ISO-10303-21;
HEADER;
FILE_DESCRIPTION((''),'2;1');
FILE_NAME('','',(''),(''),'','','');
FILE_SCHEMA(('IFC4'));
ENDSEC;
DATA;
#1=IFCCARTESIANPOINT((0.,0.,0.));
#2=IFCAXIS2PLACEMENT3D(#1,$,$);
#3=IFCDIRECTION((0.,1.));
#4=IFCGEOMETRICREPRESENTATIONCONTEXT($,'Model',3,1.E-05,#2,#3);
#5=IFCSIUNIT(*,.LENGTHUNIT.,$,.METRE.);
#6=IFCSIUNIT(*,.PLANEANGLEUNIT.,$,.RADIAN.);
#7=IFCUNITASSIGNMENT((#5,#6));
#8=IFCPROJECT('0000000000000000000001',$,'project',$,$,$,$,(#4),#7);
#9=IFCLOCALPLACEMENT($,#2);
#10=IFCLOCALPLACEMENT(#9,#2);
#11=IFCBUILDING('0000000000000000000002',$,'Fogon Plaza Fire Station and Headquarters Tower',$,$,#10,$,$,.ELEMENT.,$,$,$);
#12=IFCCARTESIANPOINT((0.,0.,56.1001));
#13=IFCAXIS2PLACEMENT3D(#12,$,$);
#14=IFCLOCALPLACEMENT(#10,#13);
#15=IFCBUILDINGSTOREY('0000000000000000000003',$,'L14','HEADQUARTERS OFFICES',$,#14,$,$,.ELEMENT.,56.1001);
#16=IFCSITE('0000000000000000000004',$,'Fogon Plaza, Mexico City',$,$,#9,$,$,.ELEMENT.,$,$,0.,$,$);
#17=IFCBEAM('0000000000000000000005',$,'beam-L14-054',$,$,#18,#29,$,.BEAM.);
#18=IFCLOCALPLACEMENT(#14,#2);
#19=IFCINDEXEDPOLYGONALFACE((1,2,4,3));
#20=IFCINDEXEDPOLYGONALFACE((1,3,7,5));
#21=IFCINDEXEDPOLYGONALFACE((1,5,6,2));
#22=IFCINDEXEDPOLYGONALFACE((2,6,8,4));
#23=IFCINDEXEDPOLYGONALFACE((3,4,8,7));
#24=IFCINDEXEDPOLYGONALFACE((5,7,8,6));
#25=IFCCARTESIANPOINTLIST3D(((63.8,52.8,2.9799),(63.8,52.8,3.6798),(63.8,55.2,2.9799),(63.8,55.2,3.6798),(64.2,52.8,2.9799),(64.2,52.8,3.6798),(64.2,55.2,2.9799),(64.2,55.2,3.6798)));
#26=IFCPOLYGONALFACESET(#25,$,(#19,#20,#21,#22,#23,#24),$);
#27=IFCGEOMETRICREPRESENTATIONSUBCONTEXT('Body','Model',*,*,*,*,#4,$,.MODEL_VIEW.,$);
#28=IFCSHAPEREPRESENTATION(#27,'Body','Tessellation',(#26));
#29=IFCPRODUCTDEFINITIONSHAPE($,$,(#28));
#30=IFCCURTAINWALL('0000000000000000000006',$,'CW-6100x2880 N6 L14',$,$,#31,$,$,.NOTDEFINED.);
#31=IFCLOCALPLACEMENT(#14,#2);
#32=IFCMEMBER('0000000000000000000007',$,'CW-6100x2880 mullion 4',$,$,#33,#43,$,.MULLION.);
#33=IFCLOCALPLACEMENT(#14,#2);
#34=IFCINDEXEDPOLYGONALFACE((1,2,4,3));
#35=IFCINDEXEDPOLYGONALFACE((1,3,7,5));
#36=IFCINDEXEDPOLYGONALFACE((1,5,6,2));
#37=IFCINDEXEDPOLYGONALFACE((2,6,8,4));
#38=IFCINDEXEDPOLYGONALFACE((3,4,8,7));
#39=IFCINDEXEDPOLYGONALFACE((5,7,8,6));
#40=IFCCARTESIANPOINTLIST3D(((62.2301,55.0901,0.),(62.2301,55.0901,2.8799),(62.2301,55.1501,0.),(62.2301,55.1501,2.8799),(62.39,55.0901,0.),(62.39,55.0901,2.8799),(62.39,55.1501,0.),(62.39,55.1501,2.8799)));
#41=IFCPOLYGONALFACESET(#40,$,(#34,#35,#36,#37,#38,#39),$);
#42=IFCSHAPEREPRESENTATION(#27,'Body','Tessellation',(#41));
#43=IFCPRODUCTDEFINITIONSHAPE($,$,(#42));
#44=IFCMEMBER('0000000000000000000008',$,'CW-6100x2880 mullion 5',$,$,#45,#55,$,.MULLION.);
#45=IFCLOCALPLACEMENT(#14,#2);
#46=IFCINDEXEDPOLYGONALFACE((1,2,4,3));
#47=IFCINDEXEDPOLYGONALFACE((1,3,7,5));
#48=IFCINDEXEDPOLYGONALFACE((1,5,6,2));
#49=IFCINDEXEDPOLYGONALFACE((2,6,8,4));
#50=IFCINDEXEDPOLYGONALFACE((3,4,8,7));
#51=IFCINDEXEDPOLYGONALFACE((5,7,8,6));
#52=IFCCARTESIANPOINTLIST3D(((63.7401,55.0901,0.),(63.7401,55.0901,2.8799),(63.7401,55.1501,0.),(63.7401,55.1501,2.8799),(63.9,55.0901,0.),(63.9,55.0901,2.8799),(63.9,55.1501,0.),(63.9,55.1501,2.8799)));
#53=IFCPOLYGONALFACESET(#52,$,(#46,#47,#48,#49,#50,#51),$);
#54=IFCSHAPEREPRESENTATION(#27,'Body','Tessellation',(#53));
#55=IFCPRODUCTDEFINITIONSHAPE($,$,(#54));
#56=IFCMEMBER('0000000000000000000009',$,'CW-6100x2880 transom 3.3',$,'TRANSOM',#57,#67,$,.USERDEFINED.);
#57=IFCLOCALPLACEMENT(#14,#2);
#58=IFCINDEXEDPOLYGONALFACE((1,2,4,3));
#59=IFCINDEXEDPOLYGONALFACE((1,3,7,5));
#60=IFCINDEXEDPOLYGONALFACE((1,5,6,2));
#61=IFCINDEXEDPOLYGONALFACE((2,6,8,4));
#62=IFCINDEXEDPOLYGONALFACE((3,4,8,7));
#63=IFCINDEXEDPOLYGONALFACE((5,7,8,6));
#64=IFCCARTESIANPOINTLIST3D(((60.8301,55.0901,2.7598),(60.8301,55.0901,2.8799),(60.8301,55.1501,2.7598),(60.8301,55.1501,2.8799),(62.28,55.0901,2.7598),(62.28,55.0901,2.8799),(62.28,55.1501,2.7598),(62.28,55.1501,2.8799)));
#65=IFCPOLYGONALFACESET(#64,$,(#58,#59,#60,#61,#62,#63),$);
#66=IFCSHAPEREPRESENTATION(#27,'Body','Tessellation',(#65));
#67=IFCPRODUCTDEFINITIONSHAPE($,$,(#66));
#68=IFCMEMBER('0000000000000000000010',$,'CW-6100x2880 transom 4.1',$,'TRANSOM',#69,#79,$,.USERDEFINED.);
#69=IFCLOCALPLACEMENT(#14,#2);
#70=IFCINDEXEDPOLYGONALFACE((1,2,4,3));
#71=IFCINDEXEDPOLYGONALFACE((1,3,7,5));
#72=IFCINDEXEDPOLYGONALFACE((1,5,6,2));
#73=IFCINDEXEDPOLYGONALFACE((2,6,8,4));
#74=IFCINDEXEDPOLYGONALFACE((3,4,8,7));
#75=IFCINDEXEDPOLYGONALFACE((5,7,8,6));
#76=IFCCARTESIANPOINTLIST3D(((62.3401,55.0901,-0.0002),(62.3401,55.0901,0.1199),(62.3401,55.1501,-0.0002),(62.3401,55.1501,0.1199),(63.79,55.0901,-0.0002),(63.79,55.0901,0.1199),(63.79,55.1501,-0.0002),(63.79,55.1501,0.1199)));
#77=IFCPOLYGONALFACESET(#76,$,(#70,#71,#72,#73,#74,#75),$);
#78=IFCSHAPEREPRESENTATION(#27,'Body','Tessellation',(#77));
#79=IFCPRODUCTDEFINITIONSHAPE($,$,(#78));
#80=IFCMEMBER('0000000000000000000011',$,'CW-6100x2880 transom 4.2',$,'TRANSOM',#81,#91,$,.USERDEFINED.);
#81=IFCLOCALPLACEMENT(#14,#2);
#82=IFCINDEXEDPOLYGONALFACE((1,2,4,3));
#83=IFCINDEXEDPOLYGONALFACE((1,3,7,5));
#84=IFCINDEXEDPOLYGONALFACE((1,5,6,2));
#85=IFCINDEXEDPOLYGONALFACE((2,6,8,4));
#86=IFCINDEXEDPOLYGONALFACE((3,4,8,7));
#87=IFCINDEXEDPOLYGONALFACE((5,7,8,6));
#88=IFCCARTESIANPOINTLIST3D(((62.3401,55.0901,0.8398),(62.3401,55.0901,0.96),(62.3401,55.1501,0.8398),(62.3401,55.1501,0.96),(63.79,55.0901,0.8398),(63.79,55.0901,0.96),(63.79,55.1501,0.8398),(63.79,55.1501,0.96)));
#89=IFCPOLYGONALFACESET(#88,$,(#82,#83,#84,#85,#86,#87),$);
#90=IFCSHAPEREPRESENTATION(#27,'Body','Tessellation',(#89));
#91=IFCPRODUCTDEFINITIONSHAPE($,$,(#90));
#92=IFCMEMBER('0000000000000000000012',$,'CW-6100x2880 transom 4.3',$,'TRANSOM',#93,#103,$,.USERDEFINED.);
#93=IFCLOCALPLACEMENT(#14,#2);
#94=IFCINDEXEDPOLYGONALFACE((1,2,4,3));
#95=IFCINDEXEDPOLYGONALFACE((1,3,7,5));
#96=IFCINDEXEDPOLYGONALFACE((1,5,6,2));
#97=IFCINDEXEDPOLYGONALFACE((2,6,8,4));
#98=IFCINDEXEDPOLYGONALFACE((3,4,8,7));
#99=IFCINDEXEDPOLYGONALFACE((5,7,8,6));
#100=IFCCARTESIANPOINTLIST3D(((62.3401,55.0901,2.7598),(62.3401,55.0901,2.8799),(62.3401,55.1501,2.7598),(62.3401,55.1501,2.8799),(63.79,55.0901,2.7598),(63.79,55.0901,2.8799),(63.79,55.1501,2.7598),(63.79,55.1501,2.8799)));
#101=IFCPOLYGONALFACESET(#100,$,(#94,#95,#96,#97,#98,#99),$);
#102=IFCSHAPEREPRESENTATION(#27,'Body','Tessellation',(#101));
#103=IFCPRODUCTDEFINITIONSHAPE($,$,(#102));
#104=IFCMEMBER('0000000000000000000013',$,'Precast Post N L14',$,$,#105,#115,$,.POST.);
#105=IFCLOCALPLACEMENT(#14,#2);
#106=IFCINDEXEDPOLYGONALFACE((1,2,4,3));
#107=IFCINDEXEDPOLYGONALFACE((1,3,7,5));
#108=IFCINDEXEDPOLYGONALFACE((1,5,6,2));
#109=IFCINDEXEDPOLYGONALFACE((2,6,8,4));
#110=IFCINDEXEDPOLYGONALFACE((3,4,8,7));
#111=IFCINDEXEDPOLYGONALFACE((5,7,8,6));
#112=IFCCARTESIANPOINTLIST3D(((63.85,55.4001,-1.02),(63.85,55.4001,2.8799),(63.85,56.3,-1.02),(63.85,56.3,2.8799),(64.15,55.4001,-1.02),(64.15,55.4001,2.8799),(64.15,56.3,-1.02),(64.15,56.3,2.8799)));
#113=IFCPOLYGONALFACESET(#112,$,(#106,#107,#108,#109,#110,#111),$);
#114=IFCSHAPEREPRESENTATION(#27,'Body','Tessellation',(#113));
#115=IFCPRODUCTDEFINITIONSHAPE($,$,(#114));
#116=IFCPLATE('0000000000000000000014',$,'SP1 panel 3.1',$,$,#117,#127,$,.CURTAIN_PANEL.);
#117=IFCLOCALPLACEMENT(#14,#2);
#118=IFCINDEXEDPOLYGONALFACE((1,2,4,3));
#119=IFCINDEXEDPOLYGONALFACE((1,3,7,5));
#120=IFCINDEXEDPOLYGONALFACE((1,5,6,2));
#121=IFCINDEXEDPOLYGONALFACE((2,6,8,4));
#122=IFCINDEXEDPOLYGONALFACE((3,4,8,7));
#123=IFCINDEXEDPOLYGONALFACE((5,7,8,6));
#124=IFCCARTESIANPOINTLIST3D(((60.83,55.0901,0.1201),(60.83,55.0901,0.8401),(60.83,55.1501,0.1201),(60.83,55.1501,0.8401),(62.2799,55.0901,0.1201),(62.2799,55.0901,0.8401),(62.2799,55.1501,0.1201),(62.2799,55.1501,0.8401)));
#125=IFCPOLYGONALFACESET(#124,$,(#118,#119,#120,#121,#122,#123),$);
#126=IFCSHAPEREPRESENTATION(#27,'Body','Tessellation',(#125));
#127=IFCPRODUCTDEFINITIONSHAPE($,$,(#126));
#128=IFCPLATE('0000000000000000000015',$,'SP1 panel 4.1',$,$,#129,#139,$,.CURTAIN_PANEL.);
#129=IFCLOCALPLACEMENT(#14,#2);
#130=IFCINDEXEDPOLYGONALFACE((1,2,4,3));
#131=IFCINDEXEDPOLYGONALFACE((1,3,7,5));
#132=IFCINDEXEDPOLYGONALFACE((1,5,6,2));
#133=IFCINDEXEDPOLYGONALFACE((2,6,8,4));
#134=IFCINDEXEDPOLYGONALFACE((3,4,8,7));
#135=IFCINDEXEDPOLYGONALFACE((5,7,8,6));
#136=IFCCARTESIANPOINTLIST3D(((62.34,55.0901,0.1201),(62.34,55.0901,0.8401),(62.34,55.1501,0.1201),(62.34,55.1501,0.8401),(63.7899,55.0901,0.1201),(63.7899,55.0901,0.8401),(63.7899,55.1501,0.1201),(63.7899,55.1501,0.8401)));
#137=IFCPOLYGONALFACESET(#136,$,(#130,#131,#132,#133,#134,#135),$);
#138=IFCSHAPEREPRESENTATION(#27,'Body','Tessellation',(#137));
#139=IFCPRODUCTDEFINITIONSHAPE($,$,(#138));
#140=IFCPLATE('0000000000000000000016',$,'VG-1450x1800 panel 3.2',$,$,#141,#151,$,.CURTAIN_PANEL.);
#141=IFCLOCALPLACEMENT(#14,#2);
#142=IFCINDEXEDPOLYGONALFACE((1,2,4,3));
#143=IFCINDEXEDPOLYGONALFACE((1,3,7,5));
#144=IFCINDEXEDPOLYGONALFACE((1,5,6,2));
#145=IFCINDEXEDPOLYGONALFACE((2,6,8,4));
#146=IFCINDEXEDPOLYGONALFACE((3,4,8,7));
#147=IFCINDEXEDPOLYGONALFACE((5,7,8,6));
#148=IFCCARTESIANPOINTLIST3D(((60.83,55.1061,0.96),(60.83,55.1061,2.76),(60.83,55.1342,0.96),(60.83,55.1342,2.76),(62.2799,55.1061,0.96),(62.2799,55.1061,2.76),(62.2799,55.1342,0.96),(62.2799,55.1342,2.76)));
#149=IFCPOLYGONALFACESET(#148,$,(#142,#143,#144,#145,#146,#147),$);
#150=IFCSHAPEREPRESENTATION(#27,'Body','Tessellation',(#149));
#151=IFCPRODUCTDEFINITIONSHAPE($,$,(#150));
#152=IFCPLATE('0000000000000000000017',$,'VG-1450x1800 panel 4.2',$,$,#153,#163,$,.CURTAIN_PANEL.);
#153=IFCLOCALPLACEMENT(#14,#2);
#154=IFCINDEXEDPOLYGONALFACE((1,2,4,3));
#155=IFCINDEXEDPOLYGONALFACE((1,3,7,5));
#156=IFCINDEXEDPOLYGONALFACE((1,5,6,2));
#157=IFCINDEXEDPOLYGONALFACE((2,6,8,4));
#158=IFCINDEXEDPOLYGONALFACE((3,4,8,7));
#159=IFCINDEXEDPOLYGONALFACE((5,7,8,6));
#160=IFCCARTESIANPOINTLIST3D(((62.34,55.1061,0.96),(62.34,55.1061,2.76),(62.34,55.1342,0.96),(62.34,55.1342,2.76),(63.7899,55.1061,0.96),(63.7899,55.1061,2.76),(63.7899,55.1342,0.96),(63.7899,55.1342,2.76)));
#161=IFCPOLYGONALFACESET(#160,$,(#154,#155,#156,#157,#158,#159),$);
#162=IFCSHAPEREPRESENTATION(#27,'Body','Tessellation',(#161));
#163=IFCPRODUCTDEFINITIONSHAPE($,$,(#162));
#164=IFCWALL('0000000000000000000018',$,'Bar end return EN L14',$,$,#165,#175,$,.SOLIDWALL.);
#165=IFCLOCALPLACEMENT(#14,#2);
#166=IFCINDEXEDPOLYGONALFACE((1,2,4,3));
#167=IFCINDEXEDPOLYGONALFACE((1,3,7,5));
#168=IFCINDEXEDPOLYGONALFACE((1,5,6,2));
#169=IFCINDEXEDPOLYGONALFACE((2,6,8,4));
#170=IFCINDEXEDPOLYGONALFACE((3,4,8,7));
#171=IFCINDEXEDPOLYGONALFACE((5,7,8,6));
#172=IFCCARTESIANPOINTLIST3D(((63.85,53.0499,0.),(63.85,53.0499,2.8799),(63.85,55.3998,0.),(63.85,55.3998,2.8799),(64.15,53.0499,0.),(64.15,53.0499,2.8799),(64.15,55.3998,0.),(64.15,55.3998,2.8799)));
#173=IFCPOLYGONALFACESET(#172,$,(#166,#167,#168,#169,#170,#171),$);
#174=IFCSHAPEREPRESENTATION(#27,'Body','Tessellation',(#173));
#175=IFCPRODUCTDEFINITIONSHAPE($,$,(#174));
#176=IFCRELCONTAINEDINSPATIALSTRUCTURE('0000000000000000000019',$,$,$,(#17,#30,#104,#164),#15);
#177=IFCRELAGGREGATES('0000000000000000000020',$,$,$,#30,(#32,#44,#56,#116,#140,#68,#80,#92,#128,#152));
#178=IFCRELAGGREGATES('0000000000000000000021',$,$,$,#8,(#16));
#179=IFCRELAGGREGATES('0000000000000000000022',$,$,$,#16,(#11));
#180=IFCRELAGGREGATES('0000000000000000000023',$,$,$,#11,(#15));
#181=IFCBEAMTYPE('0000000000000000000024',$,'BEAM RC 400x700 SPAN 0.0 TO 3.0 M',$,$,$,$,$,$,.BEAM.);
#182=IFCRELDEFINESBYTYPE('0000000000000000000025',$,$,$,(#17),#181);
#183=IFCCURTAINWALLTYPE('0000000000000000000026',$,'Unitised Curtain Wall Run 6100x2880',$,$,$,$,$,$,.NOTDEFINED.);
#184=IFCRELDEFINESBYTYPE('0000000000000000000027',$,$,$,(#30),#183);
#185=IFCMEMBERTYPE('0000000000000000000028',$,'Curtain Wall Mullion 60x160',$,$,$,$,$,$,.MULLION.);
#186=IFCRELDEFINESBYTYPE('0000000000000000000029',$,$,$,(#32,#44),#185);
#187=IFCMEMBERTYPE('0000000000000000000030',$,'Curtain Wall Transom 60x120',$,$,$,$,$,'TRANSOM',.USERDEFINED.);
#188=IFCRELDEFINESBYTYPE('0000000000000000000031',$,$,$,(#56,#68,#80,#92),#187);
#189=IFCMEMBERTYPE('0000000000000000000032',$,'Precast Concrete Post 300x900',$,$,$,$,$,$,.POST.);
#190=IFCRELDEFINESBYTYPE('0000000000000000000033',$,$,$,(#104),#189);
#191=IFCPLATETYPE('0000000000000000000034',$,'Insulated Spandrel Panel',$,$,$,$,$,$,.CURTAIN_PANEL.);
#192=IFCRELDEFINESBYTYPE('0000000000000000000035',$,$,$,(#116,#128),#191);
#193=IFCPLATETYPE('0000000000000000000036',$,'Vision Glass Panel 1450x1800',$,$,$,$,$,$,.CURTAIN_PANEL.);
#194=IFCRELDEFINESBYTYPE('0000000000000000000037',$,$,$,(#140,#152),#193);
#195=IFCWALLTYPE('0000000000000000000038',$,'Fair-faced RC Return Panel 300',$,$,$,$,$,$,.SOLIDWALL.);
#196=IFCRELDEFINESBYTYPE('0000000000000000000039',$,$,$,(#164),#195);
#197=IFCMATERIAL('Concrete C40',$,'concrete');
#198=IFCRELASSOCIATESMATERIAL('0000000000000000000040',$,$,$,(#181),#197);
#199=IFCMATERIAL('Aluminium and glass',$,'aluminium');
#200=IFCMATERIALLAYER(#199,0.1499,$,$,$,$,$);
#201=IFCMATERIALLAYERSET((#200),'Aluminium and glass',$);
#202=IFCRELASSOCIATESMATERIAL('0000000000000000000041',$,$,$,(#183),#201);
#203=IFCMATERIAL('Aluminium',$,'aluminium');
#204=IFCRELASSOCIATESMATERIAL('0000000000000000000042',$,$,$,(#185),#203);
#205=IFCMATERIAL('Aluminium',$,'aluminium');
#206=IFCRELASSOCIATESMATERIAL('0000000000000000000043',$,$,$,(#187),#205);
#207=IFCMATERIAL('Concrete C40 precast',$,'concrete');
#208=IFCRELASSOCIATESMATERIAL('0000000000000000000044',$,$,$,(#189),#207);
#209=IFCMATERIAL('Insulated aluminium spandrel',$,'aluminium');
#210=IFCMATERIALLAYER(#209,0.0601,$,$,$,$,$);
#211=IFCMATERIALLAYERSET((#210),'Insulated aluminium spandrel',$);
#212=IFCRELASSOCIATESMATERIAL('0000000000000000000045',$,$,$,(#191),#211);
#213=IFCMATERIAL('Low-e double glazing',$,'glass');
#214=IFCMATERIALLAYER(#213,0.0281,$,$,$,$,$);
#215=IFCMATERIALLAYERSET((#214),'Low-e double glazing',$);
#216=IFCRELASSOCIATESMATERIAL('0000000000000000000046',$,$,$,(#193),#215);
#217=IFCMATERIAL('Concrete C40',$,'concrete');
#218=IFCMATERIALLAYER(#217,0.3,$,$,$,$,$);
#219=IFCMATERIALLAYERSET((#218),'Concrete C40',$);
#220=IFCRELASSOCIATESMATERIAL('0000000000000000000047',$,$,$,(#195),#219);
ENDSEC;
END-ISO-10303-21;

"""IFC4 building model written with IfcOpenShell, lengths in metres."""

from ifc_helpers import new_model, si_unit, direction, frame, frame_2d, origin, origin_2d, place, context, subcontext, project, spatial, rectangle, extrude, material, layer, layer_set, material_profile, profile_set, type_object, element, aggregate, save


model = new_model("IFC4")

# Units and contexts
model_context = context("Model", 3, precision=1e-05, world=origin(), true_north=direction((0.0, 1.0)))
body_context = subcontext(model_context, "Body", "Model", "MODEL_VIEW")
ifc_project = project(units=[si_unit("LENGTHUNIT", "METRE"), si_unit("PLANEANGLEUNIT", "RADIAN")], contexts=[model_context])

# Site, building, storey
site_placement = place(None, origin())
site = spatial("IfcSite", under=ifc_project, at=site_placement, Name="Fogon Plaza, Mexico City", CompositionType="ELEMENT", RefElevation=0.0)
building_placement = place(site_placement, origin())
building = spatial("IfcBuilding", under=site, at=building_placement, Name="Fogon Plaza Fire Station and Headquarters Tower", CompositionType="ELEMENT")
storey_placement = place(building_placement, frame((0.0, 0.0, 56.1001)))
storey = spatial("IfcBuildingStorey", under=building, at=storey_placement, Name="L14", Description="HEADQUARTERS OFFICES", CompositionType="ELEMENT", Elevation=56.1001)

# Beam
ifc_material_1 = material(Name="Concrete C40", Category="concrete")
ifc_material_profile_1 = material_profile(ifc_material_1, rectangle(XDim=0.3999, YDim=0.7, at=origin_2d()), Name="RC 400x700")
ifc_profile_set_1 = profile_set([ifc_material_profile_1], Name="Concrete C40")
beam_type = type_object("IfcBeamType", Name="BEAM RC 400x700 SPAN 0.0 TO 3.0 M", PredefinedType="BEAM", material=ifc_profile_set_1)
beam_placement = place(storey_placement, frame((64.0, 52.8, 3.3298), z_axis=(0.0, 1.0, 0.0), x_axis=(-1.0, 0.0, 0.0)))
element("IfcBeam", 1, at=beam_placement, inside=storey, type_object=beam_type, Name="beam-L14-054", PredefinedType="BEAM", context=body_context, shape_type="SweptSolid", body=[
    extrude(rectangle(XDim=0.3999, YDim=0.7, at=origin_2d()), origin(), (0.0, 0.0, 1.0), 2.3999),
])

# Curtain wall, members
ifc_material_2 = material(Name="Aluminium and glass", Category="aluminium")
ifc_layer_1 = layer(ifc_material_2, 0.1499)
ifc_layer_set_1 = layer_set([ifc_layer_1], Name="Aluminium and glass")
curtain_wall_type = type_object("IfcCurtainWallType", Name="Unitised Curtain Wall Run 6100x2880", PredefinedType="NOTDEFINED", material=ifc_layer_set_1)
curtain_wall_placement = place(storey_placement, origin())
curtain_wall = element("IfcCurtainWall", 2, at=curtain_wall_placement, inside=storey, type_object=curtain_wall_type, Name="CW-6100x2880 N6 L14", PredefinedType="NOTDEFINED")
ifc_material_3 = material(Name="Aluminium", Category="aluminium")
ifc_material_profile_2 = material_profile(ifc_material_3, rectangle(XDim=0.0601, YDim=0.1599, at=origin_2d()), Name="Curtain Wall Mullion 60x160")
ifc_profile_set_2 = profile_set([ifc_material_profile_2], Name="Aluminium")
member_type_1 = type_object("IfcMemberType", Name="Curtain Wall Mullion 60x160", PredefinedType="MULLION", material=ifc_profile_set_2)
member_1_placement = place(storey_placement, frame((62.3101, 55.1201, 0.0), z_axis=(0.0, 0.0, 1.0), x_axis=(0.0, 1.0, 0.0)))
member_1 = element("IfcMember", 3, at=member_1_placement, type_object=member_type_1, Name="CW-6100x2880 mullion 4", PredefinedType="MULLION", context=body_context, shape_type="SweptSolid", body=[
    extrude(rectangle(XDim=0.0601, YDim=0.1599, at=origin_2d()), origin(), (0.0, 0.0, 1.0), 2.8799),
])
member_2_placement = place(storey_placement, frame((63.8201, 55.1201, 0.0), z_axis=(0.0, 0.0, 1.0), x_axis=(0.0, 1.0, 0.0)))
member_2 = element("IfcMember", 4, at=member_2_placement, type_object=member_type_1, Name="CW-6100x2880 mullion 5", PredefinedType="MULLION", context=body_context, shape_type="SweptSolid", body=[
    extrude(rectangle(XDim=0.0601, YDim=0.1599, at=origin_2d()), origin(), (0.0, 0.0, 1.0), 2.8799),
])
ifc_material_4 = material(Name="Aluminium", Category="aluminium")
ifc_material_profile_3 = material_profile(ifc_material_4, rectangle(XDim=0.0601, YDim=0.1201, at=origin_2d()), Name="Curtain Wall Transom 60x120")
ifc_profile_set_3 = profile_set([ifc_material_profile_3], Name="Aluminium")
member_type_2 = type_object("IfcMemberType", Name="Curtain Wall Transom 60x120", ElementType="TRANSOM", PredefinedType="USERDEFINED", material=ifc_profile_set_3)
member_3_placement = place(storey_placement, frame((60.8301, 55.1201, 2.8198), z_axis=(1.0, 0.0, 0.0), x_axis=(0.0, 1.0, 0.0)))
member_3 = element("IfcMember", 5, at=member_3_placement, type_object=member_type_2, Name="CW-6100x2880 transom 3.3", ObjectType="TRANSOM", PredefinedType="USERDEFINED", context=body_context, shape_type="SweptSolid", body=[
    extrude(rectangle(XDim=0.0601, YDim=0.1201, at=origin_2d()), origin(), (0.0, 0.0, 1.0), 1.45),
])
member_4_placement = place(storey_placement, frame((62.3401, 55.1201, 0.0598), z_axis=(1.0, 0.0, 0.0), x_axis=(0.0, 1.0, 0.0)))
member_4 = element("IfcMember", 6, at=member_4_placement, type_object=member_type_2, Name="CW-6100x2880 transom 4.1", ObjectType="TRANSOM", PredefinedType="USERDEFINED", context=body_context, shape_type="SweptSolid", body=[
    extrude(rectangle(XDim=0.0601, YDim=0.1201, at=origin_2d()), origin(), (0.0, 0.0, 1.0), 1.45),
])
member_5_placement = place(storey_placement, frame((62.3401, 55.1201, 0.8999), z_axis=(1.0, 0.0, 0.0), x_axis=(0.0, 1.0, 0.0)))
member_5 = element("IfcMember", 7, at=member_5_placement, type_object=member_type_2, Name="CW-6100x2880 transom 4.2", ObjectType="TRANSOM", PredefinedType="USERDEFINED", context=body_context, shape_type="SweptSolid", body=[
    extrude(rectangle(XDim=0.0601, YDim=0.1201, at=origin_2d()), origin(), (0.0, 0.0, 1.0), 1.45),
])
member_6_placement = place(storey_placement, frame((62.3401, 55.1201, 2.8198), z_axis=(1.0, 0.0, 0.0), x_axis=(0.0, 1.0, 0.0)))
member_6 = element("IfcMember", 8, at=member_6_placement, type_object=member_type_2, Name="CW-6100x2880 transom 4.3", ObjectType="TRANSOM", PredefinedType="USERDEFINED", context=body_context, shape_type="SweptSolid", body=[
    extrude(rectangle(XDim=0.0601, YDim=0.1201, at=origin_2d()), origin(), (0.0, 0.0, 1.0), 1.45),
])

# Member
ifc_material_5 = material(Name="Concrete C40 precast", Category="concrete")
ifc_material_profile_4 = material_profile(ifc_material_5, rectangle(XDim=0.3, YDim=0.8999, at=origin_2d()), Name="Precast Concrete Post 300x900")
ifc_profile_set_4 = profile_set([ifc_material_profile_4], Name="Concrete C40 precast")
member_type_3 = type_object("IfcMemberType", Name="Precast Concrete Post 300x900", PredefinedType="POST", material=ifc_profile_set_4)
member_7_placement = place(storey_placement, frame((64.0, 55.8501, -1.02), z_axis=(0.0, 0.0, 1.0), x_axis=(1.0, 0.0, 0.0)))
element("IfcMember", 9, at=member_7_placement, inside=storey, type_object=member_type_3, Name="Precast Post N L14", PredefinedType="POST", context=body_context, shape_type="SweptSolid", body=[
    extrude(rectangle(XDim=0.3, YDim=0.8999, at=origin_2d()), origin(), (0.0, 0.0, 1.0), 3.8999),
])

# Plates
ifc_material_6 = material(Name="Insulated aluminium spandrel", Category="aluminium")
ifc_layer_2 = layer(ifc_material_6, 0.0601)
ifc_layer_set_2 = layer_set([ifc_layer_2], Name="Insulated aluminium spandrel")
plate_type_1 = type_object("IfcPlateType", Name="Insulated Spandrel Panel", PredefinedType="CURTAIN_PANEL", material=ifc_layer_set_2)
plate_1_placement = place(storey_placement, frame((61.5549, 55.1201, 0.1201), z_axis=(0.0, 0.0, 1.0), x_axis=(1.0, 0.0, 0.0)))
plate_1 = element("IfcPlate", 10, at=plate_1_placement, type_object=plate_type_1, Name="SP1 panel 3.1", PredefinedType="CURTAIN_PANEL", context=body_context, shape_type="SweptSolid", body=[
    extrude(rectangle(XDim=1.45, YDim=0.0601, at=origin_2d()), origin(), (0.0, 0.0, 1.0), 0.72),
])
plate_2_placement = place(storey_placement, frame((63.0649, 55.1201, 0.1201), z_axis=(0.0, 0.0, 1.0), x_axis=(1.0, 0.0, 0.0)))
plate_2 = element("IfcPlate", 11, at=plate_2_placement, type_object=plate_type_1, Name="SP1 panel 4.1", PredefinedType="CURTAIN_PANEL", context=body_context, shape_type="SweptSolid", body=[
    extrude(rectangle(XDim=1.45, YDim=0.0601, at=origin_2d()), origin(), (0.0, 0.0, 1.0), 0.72),
])
ifc_material_7 = material(Name="Low-e double glazing", Category="glass")
ifc_layer_3 = layer(ifc_material_7, 0.0281)
ifc_layer_set_3 = layer_set([ifc_layer_3], Name="Low-e double glazing")
plate_type_2 = type_object("IfcPlateType", Name="Vision Glass Panel 1450x1800", PredefinedType="CURTAIN_PANEL", material=ifc_layer_set_3)
plate_3_placement = place(storey_placement, frame((61.5549, 55.1201, 0.96), z_axis=(0.0, 0.0, 1.0), x_axis=(1.0, 0.0, 0.0)))
plate_3 = element("IfcPlate", 12, at=plate_3_placement, type_object=plate_type_2, Name="VG-1450x1800 panel 3.2", PredefinedType="CURTAIN_PANEL", context=body_context, shape_type="SweptSolid", body=[
    extrude(rectangle(XDim=1.45, YDim=0.0281, at=origin_2d()), origin(), (0.0, 0.0, 1.0), 1.8),
])
plate_4_placement = place(storey_placement, frame((63.0649, 55.1201, 0.96), z_axis=(0.0, 0.0, 1.0), x_axis=(1.0, 0.0, 0.0)))
plate_4 = element("IfcPlate", 13, at=plate_4_placement, type_object=plate_type_2, Name="VG-1450x1800 panel 4.2", PredefinedType="CURTAIN_PANEL", context=body_context, shape_type="SweptSolid", body=[
    extrude(rectangle(XDim=1.45, YDim=0.0281, at=origin_2d()), origin(), (0.0, 0.0, 1.0), 1.8),
])
aggregate(curtain_wall, [member_1, member_2, member_3, plate_1, plate_3, member_4, member_5, member_6, plate_2, plate_4])

# Wall
ifc_material_8 = material(Name="Concrete C40", Category="concrete")
ifc_layer_4 = layer(ifc_material_8, 0.3)
ifc_layer_set_4 = layer_set([ifc_layer_4], Name="Concrete C40")
wall_type_1 = type_object("IfcWallType", Name="Fair-faced RC Return Panel 300", PredefinedType="SOLIDWALL", material=ifc_layer_set_4)
wall_1_placement = place(storey_placement, frame((64.0, 53.05, 0.0), z_axis=(0.0, 0.0, 1.0), x_axis=(0.0, 1.0, 0.0)))
element("IfcWall", 14, at=wall_1_placement, inside=storey, type_object=wall_type_1, Name="Bar end return EN L14", PredefinedType="SOLIDWALL", context=body_context, shape_type="SweptSolid", body=[
    extrude(rectangle(XDim=2.3499, YDim=0.3, at=frame_2d((1.1748, 0.0))), origin(), (0.0, 0.0, 1.0), 2.8799),
])

save(model, "model.ifc")
